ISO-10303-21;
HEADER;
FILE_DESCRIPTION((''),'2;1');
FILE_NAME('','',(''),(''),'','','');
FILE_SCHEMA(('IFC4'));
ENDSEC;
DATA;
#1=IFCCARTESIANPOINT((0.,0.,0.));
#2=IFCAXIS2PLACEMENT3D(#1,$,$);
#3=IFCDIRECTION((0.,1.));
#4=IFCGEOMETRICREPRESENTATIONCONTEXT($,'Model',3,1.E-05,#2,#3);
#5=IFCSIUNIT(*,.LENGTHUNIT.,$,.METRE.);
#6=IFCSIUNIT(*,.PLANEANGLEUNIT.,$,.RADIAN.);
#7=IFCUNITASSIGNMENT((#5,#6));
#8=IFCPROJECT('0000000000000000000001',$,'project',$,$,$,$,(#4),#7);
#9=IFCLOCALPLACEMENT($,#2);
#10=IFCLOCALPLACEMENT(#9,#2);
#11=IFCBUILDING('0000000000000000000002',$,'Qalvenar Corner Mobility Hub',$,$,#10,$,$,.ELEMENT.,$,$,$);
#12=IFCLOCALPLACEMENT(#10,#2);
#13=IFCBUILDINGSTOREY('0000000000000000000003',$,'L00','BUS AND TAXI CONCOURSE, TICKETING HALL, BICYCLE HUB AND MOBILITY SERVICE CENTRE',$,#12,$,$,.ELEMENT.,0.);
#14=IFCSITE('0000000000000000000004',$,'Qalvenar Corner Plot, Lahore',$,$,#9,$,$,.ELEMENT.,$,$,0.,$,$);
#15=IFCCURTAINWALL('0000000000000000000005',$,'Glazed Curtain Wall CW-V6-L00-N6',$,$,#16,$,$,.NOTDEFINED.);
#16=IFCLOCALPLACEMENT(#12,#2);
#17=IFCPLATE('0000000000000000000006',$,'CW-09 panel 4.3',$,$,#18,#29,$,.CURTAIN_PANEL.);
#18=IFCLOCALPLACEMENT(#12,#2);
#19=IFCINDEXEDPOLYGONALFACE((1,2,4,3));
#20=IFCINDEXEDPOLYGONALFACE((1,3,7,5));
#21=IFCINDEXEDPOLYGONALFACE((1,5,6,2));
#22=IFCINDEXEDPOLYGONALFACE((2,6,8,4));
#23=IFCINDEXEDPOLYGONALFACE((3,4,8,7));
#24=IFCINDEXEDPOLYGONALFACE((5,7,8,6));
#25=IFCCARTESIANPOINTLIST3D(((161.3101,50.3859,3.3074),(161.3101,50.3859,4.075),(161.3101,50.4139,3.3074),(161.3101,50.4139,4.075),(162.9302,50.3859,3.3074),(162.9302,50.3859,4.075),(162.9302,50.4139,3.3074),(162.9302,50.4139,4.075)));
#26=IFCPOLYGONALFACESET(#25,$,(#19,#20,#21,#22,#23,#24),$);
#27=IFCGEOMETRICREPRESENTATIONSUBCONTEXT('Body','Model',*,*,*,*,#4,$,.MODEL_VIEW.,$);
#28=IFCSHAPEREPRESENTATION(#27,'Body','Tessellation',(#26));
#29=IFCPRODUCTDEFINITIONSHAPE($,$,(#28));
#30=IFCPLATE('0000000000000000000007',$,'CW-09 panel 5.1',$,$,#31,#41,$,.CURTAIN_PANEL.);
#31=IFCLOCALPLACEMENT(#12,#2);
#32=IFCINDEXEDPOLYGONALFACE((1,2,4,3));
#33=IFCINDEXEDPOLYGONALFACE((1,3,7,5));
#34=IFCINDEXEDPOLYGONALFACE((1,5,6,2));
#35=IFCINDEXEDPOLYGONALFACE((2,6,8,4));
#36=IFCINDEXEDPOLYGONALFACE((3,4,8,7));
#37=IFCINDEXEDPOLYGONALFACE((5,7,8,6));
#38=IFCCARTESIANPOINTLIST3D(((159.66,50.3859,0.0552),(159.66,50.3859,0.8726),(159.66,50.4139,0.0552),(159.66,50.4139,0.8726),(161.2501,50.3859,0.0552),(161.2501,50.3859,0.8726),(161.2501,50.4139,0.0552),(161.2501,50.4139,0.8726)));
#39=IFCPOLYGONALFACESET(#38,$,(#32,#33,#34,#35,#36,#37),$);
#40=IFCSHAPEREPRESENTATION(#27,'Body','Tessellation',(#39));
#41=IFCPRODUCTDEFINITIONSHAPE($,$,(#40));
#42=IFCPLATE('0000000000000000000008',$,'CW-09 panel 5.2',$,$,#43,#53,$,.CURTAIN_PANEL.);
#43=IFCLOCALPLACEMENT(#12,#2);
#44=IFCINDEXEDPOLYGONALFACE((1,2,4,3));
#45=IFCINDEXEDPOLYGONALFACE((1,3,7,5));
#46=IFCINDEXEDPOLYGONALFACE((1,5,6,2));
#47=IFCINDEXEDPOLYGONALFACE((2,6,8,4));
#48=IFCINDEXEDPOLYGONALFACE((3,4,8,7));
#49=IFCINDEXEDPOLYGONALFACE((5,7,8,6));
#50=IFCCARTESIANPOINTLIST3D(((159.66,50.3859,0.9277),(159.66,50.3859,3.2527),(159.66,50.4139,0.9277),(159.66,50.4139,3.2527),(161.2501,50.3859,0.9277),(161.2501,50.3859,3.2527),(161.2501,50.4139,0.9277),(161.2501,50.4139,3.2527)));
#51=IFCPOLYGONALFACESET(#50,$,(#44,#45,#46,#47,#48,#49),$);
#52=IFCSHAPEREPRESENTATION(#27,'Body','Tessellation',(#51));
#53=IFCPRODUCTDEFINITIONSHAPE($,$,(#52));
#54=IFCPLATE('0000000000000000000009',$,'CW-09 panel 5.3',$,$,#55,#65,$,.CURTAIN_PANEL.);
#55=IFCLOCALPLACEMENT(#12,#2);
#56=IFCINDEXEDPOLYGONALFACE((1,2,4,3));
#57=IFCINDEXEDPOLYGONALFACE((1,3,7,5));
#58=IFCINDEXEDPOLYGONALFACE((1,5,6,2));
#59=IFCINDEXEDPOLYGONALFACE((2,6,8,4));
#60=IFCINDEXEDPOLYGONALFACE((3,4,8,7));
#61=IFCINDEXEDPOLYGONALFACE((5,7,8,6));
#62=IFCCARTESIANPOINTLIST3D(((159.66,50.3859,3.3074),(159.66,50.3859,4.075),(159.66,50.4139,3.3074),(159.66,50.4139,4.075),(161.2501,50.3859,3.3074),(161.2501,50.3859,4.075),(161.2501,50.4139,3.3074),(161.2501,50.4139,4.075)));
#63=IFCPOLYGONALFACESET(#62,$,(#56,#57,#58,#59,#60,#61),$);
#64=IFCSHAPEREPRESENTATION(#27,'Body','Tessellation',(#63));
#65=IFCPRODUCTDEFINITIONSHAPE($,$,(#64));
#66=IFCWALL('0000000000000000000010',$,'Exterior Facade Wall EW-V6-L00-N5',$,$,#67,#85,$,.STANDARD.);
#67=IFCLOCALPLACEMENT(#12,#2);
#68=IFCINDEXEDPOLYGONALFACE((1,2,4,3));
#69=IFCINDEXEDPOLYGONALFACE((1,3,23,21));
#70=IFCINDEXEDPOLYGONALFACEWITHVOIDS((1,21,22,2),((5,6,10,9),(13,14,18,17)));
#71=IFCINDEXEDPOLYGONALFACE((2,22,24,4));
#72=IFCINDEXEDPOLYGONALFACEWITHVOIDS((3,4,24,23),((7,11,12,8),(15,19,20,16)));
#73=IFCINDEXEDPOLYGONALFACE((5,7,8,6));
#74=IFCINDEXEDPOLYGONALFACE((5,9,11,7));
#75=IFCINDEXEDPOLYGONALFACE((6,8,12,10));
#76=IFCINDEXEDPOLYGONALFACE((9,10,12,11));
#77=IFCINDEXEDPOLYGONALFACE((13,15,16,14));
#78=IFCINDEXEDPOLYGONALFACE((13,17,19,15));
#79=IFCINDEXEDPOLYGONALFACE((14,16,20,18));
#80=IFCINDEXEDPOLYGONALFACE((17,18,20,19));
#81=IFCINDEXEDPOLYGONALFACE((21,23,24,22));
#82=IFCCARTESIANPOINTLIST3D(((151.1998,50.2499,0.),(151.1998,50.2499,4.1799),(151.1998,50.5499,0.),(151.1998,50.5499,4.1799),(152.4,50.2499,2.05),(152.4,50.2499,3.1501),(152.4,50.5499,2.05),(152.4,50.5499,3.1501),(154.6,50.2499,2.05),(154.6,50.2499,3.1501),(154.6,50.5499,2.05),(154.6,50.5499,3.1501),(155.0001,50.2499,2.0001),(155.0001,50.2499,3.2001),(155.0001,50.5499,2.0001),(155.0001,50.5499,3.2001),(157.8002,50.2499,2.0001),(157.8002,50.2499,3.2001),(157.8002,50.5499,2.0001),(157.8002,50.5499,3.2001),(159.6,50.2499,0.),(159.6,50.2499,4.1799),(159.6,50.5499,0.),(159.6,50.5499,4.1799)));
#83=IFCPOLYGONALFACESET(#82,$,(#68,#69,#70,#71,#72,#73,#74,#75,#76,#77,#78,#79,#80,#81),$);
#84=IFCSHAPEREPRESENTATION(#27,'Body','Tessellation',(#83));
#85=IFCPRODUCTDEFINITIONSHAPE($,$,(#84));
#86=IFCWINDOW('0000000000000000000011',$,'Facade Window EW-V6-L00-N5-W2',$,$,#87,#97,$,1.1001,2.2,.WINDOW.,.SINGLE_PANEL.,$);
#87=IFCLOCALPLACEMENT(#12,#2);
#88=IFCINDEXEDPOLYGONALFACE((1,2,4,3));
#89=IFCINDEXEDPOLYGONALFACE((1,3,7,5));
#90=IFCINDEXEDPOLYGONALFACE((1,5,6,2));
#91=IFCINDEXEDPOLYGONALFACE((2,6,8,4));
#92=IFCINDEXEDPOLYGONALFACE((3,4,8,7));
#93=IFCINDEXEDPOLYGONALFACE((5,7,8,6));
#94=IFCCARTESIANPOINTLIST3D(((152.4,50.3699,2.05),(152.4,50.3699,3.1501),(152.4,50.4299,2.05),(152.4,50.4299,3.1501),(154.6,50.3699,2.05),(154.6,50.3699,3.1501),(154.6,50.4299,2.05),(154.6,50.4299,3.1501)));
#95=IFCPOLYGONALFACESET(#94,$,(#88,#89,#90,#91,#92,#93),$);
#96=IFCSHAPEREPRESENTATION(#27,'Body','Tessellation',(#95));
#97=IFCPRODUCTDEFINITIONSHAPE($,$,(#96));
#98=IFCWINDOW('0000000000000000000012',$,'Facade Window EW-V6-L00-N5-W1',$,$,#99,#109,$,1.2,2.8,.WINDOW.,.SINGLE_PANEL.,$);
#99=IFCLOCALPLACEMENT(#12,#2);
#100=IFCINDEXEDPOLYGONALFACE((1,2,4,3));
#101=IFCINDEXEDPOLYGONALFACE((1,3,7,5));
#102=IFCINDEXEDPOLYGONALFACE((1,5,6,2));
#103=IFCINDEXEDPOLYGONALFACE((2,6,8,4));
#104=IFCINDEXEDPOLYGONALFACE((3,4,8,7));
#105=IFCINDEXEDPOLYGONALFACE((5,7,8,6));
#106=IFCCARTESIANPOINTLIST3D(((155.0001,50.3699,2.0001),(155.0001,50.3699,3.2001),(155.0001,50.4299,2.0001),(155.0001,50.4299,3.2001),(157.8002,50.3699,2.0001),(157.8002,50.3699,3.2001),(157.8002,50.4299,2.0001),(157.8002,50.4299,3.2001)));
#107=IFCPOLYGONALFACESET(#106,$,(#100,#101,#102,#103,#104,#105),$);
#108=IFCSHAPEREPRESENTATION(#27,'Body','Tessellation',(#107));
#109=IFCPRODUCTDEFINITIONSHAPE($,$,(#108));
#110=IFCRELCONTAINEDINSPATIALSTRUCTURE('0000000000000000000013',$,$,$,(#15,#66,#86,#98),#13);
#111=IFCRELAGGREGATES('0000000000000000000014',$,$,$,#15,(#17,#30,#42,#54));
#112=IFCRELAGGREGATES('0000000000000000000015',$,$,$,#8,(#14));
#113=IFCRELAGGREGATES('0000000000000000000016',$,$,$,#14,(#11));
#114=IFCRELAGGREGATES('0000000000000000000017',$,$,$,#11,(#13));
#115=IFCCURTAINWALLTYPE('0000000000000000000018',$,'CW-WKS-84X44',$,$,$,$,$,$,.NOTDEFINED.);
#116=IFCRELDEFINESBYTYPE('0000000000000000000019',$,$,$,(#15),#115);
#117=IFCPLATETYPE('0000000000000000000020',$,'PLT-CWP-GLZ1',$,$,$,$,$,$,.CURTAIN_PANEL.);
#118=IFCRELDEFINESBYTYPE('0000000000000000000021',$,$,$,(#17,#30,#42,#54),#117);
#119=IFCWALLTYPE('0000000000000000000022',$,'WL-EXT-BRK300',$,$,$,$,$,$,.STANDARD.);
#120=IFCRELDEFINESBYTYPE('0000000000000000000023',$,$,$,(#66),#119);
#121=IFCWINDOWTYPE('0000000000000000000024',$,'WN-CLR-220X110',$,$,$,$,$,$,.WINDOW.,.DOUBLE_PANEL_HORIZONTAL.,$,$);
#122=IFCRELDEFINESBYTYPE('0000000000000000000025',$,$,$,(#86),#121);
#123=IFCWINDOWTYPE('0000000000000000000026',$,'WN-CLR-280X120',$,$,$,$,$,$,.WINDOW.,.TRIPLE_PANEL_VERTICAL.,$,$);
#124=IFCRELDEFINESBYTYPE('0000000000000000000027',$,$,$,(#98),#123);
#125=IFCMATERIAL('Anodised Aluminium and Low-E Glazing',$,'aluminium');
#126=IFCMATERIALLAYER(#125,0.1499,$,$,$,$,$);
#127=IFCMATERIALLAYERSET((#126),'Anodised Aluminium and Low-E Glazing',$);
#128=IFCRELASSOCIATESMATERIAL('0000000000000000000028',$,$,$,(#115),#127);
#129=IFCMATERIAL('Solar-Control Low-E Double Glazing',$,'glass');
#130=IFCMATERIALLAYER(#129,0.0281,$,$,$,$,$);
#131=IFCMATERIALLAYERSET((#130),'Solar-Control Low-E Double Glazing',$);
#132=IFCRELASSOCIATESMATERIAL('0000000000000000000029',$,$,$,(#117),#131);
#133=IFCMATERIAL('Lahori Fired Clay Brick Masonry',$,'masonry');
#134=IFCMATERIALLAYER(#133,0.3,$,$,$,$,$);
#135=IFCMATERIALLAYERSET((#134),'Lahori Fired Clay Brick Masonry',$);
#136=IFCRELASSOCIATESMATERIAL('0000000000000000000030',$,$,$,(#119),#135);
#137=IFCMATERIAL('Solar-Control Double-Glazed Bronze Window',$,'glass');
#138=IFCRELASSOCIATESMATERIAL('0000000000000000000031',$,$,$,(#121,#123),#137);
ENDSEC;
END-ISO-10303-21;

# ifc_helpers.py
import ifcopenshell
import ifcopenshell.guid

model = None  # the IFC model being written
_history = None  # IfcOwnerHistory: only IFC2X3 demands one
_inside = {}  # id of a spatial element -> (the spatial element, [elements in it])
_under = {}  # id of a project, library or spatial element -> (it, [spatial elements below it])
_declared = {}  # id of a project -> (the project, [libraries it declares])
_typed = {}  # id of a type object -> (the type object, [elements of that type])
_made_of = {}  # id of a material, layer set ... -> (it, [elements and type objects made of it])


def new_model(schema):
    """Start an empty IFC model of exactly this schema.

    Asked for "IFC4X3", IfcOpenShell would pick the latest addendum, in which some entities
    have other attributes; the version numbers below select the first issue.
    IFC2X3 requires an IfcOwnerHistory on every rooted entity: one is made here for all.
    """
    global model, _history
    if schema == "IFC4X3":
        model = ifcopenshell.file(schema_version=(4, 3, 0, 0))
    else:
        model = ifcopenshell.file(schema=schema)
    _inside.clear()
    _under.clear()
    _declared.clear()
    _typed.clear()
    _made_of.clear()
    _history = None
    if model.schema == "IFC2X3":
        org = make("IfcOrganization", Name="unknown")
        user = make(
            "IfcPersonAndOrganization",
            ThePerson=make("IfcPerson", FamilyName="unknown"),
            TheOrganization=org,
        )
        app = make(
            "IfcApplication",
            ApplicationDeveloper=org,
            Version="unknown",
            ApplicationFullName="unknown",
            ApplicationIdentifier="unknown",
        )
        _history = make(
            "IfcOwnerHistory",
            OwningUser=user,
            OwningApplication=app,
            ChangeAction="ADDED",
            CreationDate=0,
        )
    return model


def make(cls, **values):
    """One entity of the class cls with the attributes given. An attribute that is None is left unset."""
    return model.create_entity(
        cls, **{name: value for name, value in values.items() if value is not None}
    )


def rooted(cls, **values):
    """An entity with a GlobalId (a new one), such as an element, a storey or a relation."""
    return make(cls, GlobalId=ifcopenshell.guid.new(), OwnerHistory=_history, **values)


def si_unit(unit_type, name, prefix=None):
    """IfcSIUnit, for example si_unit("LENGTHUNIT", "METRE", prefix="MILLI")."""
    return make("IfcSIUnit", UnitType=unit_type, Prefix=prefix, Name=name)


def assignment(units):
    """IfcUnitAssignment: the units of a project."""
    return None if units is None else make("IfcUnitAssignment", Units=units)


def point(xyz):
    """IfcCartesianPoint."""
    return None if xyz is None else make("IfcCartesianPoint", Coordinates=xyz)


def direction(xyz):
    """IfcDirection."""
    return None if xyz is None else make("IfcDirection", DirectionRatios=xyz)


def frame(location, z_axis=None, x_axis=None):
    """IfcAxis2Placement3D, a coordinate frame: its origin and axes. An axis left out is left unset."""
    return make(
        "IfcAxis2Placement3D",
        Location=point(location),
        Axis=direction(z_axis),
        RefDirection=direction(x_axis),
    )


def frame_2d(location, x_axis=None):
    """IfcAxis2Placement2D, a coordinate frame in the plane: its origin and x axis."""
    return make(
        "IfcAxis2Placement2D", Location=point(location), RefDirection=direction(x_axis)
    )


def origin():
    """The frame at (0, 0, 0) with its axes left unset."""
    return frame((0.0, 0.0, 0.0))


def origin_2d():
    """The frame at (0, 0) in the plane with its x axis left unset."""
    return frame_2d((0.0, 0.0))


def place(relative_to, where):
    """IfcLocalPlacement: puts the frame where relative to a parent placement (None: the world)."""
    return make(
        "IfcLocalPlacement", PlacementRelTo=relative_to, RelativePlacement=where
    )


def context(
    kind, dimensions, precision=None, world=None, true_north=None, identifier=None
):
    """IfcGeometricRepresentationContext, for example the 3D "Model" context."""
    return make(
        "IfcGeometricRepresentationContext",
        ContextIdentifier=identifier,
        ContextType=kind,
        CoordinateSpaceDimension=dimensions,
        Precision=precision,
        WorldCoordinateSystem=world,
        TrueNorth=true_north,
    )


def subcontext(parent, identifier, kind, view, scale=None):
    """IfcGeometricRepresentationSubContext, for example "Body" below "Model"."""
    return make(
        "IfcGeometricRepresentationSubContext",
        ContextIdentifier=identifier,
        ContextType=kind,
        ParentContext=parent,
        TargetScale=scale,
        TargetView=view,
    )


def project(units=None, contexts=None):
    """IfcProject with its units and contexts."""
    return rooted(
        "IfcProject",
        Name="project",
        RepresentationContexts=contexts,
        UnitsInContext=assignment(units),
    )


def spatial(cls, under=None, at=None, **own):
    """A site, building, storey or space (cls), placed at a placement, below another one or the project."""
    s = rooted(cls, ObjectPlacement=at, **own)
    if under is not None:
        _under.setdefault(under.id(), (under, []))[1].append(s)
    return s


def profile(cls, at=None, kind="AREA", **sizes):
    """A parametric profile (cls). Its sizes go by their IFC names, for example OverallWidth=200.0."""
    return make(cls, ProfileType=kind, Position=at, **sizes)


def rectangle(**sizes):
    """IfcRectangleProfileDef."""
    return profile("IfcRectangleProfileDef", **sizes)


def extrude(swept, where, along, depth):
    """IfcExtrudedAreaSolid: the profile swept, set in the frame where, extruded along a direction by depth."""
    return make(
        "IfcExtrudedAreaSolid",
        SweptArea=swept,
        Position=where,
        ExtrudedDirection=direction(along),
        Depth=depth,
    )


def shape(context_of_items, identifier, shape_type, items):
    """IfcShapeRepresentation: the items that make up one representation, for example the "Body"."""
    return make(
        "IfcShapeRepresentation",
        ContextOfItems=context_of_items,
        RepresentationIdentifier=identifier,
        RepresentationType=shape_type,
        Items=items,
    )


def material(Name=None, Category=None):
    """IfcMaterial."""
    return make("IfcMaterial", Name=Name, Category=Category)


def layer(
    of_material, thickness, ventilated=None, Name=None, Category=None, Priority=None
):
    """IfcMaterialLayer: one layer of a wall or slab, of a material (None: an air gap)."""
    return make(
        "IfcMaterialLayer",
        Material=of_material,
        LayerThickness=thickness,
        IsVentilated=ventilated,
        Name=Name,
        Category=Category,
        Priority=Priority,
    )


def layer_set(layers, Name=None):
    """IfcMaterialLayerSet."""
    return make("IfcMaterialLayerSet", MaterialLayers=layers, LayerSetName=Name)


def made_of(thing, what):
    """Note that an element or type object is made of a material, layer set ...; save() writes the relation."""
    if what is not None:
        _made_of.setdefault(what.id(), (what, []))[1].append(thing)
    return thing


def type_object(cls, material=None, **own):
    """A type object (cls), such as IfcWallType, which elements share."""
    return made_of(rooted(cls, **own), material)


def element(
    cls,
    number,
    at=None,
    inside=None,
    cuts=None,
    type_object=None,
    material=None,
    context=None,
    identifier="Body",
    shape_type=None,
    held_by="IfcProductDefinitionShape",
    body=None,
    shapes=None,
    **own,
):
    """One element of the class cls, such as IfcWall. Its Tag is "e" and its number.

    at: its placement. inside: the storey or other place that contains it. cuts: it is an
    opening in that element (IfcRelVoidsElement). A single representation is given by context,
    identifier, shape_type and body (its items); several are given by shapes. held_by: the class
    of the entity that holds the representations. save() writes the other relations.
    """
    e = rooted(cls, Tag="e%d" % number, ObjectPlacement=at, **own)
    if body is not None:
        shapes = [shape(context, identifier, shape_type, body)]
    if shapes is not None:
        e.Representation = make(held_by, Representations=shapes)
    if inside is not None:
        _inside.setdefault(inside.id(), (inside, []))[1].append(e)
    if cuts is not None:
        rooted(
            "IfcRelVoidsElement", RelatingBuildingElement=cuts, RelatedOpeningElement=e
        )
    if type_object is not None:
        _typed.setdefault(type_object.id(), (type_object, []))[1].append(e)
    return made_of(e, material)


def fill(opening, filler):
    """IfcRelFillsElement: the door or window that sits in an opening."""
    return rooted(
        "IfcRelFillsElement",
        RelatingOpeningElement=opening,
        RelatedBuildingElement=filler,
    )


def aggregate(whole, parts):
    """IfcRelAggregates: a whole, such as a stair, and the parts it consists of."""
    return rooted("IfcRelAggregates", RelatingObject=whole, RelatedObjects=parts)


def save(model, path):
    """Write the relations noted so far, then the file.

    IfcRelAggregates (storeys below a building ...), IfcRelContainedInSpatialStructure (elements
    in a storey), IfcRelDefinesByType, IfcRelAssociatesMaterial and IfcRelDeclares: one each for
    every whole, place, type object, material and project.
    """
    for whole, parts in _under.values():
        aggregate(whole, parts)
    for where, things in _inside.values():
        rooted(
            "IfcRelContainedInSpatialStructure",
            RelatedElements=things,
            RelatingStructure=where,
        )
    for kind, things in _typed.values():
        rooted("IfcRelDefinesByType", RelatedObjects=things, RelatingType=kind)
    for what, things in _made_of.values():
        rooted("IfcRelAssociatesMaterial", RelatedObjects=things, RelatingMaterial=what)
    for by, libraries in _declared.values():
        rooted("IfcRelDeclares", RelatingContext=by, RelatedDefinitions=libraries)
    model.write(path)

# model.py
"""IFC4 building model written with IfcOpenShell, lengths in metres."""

from ifc_helpers import new_model, si_unit, direction, frame, frame_2d, origin, origin_2d, place, context, subcontext, project, spatial, rectangle, extrude, material, layer, layer_set, type_object, element, fill, aggregate, save


model = new_model("IFC4")

# Units and contexts
model_context = context("Model", 3, precision=1e-05, world=origin(), true_north=direction((0.0, 1.0)))
body_context = subcontext(model_context, "Body", "Model", "MODEL_VIEW")
ifc_project = project(units=[si_unit("LENGTHUNIT", "METRE"), si_unit("PLANEANGLEUNIT", "RADIAN")], contexts=[model_context])

# Site, building, storey
site_placement = place(None, origin())
site = spatial("IfcSite", under=ifc_project, at=site_placement, Name="Qalvenar Corner Plot, Lahore", CompositionType="ELEMENT", RefElevation=0.0)
building_placement = place(site_placement, origin())
building = spatial("IfcBuilding", under=site, at=building_placement, Name="Qalvenar Corner Mobility Hub", CompositionType="ELEMENT")
storey_placement = place(building_placement, origin())
storey = spatial("IfcBuildingStorey", under=building, at=storey_placement, Name="L00", Description="BUS AND TAXI CONCOURSE, TICKETING HALL, BICYCLE HUB AND MOBILITY SERVICE CENTRE", CompositionType="ELEMENT", Elevation=0.0)

# Shared definitions
ifc_material_1 = material(Name="Anodised Aluminium and Low-E Glazing", Category="aluminium")
ifc_layer_1 = layer(ifc_material_1, 0.1499)
ifc_layer_set_1 = layer_set([ifc_layer_1], Name="Anodised Aluminium and Low-E Glazing")
curtain_wall_type = type_object("IfcCurtainWallType", Name="CW-WKS-84X44", PredefinedType="NOTDEFINED", material=ifc_layer_set_1)

# Curtain wall
curtain_wall_1_placement = place(storey_placement, origin())
curtain_wall_1 = element("IfcCurtainWall", 1, at=curtain_wall_1_placement, inside=storey, type_object=curtain_wall_type, Name="Glazed Curtain Wall CW-V6-L00-N6", PredefinedType="NOTDEFINED")

# Plates
ifc_material_2 = material(Name="Solar-Control Low-E Double Glazing", Category="glass")
ifc_layer_2 = layer(ifc_material_2, 0.0281)
ifc_layer_set_2 = layer_set([ifc_layer_2], Name="Solar-Control Low-E Double Glazing")
plate_type = type_object("IfcPlateType", Name="PLT-CWP-GLZ1", PredefinedType="CURTAIN_PANEL", material=ifc_layer_set_2)
plate_1_placement = place(storey_placement, frame((162.1201, 50.3999, 3.3074), z_axis=(0.0, 0.0, 1.0), x_axis=(-1.0, 0.0, 0.0)))
plate_1 = element("IfcPlate", 2, at=plate_1_placement, type_object=plate_type, Name="CW-09 panel 4.3", PredefinedType="CURTAIN_PANEL", context=body_context, shape_type="SweptSolid", body=[
    extrude(rectangle(XDim=1.6201, YDim=0.0281, at=origin_2d()), origin(), (0.0, 0.0, 1.0), 0.7676),
])
plate_2_placement = place(storey_placement, frame((160.4551, 50.3999, 0.0552), z_axis=(0.0, 0.0, 1.0), x_axis=(-1.0, 0.0, 0.0)))
plate_2 = element("IfcPlate", 3, at=plate_2_placement, type_object=plate_type, Name="CW-09 panel 5.1", PredefinedType="CURTAIN_PANEL", context=body_context, shape_type="SweptSolid", body=[
    extrude(rectangle(XDim=1.5901, YDim=0.0281, at=origin_2d()), origin(), (0.0, 0.0, 1.0), 0.8174),
])
plate_3_placement = place(storey_placement, frame((160.4551, 50.3999, 0.9277), z_axis=(0.0, 0.0, 1.0), x_axis=(-1.0, 0.0, 0.0)))
plate_3 = element("IfcPlate", 4, at=plate_3_placement, type_object=plate_type, Name="CW-09 panel 5.2", PredefinedType="CURTAIN_PANEL", context=body_context, shape_type="SweptSolid", body=[
    extrude(rectangle(XDim=1.5901, YDim=0.0281, at=origin_2d()), origin(), (0.0, 0.0, 1.0), 2.325),
])
plate_4_placement = place(storey_placement, frame((160.4551, 50.3999, 3.3074), z_axis=(0.0, 0.0, 1.0), x_axis=(-1.0, 0.0, 0.0)))
plate_4 = element("IfcPlate", 5, at=plate_4_placement, type_object=plate_type, Name="CW-09 panel 5.3", PredefinedType="CURTAIN_PANEL", context=body_context, shape_type="SweptSolid", body=[
    extrude(rectangle(XDim=1.5901, YDim=0.0281, at=origin_2d()), origin(), (0.0, 0.0, 1.0), 0.7676),
])
aggregate(curtain_wall_1, [plate_1, plate_2, plate_3, plate_4])

# Wall, openings, windows
ifc_material_3 = material(Name="Lahori Fired Clay Brick Masonry", Category="masonry")
ifc_layer_3 = layer(ifc_material_3, 0.3)
ifc_layer_set_3 = layer_set([ifc_layer_3], Name="Lahori Fired Clay Brick Masonry")
wall_type = type_object("IfcWallType", Name="WL-EXT-BRK300", PredefinedType="STANDARD", material=ifc_layer_set_3)
wall_placement = place(storey_placement, frame((159.6001, 50.3999, 0.0), z_axis=(0.0, 0.0, 1.0), x_axis=(-1.0, 0.0, 0.0)))
wall = element("IfcWall", 6, at=wall_placement, inside=storey, type_object=wall_type, Name="Exterior Facade Wall EW-V6-L00-N5", PredefinedType="STANDARD", context=body_context, shape_type="SweptSolid", body=[
    extrude(rectangle(XDim=8.4001, YDim=0.3, at=frame_2d((4.2002, 0.0))), origin(), (0.0, 0.0, 1.0), 4.1799),
])
opening_1_placement = place(wall_placement, frame((1.8, 0.0, 2.0)))
opening_1 = element("IfcOpeningElement", 7, at=opening_1_placement, cuts=wall, PredefinedType="OPENING", context=body_context, shape_type="SweptSolid", body=[
    extrude(rectangle(XDim=2.8, YDim=1.2, at=frame_2d((1.3999, 0.6001))), frame((0.0, 0.1602, 0.0), z_axis=(0.0, -1.0, 0.0), x_axis=(1.0, 0.0, 0.0)), (0.0, 0.0, 1.0), 0.3201),
])
opening_2_placement = place(wall_placement, frame((5.0, 0.0, 2.05)))
opening_2 = element("IfcOpeningElement", 8, at=opening_2_placement, cuts=wall, PredefinedType="OPENING", context=body_context, shape_type="SweptSolid", body=[
    extrude(rectangle(XDim=2.2, YDim=1.1001, at=frame_2d((1.1001, 0.55))), frame((0.0, 0.1602, 0.0), z_axis=(0.0, -1.0, 0.0), x_axis=(1.0, 0.0, 0.0)), (0.0, 0.0, 1.0), 0.3201),
])
ifc_material_4 = material(Name="Solar-Control Double-Glazed Bronze Window", Category="glass")
window_type_1 = type_object("IfcWindowType", Name="WN-CLR-220X110", PartitioningType="DOUBLE_PANEL_HORIZONTAL", PredefinedType="WINDOW", material=ifc_material_4)
window_1_placement = place(opening_2_placement, origin())
window_1 = element("IfcWindow", 9, at=window_1_placement, inside=storey, type_object=window_type_1, Name="Facade Window EW-V6-L00-N5-W2", OverallHeight=1.1001, OverallWidth=2.2, PartitioningType="SINGLE_PANEL", PredefinedType="WINDOW", context=body_context, shape_type="SweptSolid", body=[
    extrude(rectangle(XDim=2.2, YDim=1.1001, at=frame_2d((1.1001, 0.55))), frame((0.0, 0.03, 0.0), z_axis=(0.0, -1.0, 0.0), x_axis=(1.0, 0.0, 0.0)), (0.0, 0.0, 1.0), 0.0601),
])
fill(opening_2, window_1)
window_type_2 = type_object("IfcWindowType", Name="WN-CLR-280X120", PartitioningType="TRIPLE_PANEL_VERTICAL", PredefinedType="WINDOW", material=ifc_material_4)
window_2_placement = place(opening_1_placement, origin())
window_2 = element("IfcWindow", 10, at=window_2_placement, inside=storey, type_object=window_type_2, Name="Facade Window EW-V6-L00-N5-W1", OverallHeight=1.2, OverallWidth=2.8, PartitioningType="SINGLE_PANEL", PredefinedType="WINDOW", context=body_context, shape_type="SweptSolid", body=[
    extrude(rectangle(XDim=2.8, YDim=1.2, at=frame_2d((1.3999, 0.6001))), frame((0.0, 0.03, 0.0), z_axis=(0.0, -1.0, 0.0), x_axis=(1.0, 0.0, 0.0)), (0.0, 0.0, 1.0), 0.0601),
])
fill(opening_1, window_2)

save(model, "model.ifc")
